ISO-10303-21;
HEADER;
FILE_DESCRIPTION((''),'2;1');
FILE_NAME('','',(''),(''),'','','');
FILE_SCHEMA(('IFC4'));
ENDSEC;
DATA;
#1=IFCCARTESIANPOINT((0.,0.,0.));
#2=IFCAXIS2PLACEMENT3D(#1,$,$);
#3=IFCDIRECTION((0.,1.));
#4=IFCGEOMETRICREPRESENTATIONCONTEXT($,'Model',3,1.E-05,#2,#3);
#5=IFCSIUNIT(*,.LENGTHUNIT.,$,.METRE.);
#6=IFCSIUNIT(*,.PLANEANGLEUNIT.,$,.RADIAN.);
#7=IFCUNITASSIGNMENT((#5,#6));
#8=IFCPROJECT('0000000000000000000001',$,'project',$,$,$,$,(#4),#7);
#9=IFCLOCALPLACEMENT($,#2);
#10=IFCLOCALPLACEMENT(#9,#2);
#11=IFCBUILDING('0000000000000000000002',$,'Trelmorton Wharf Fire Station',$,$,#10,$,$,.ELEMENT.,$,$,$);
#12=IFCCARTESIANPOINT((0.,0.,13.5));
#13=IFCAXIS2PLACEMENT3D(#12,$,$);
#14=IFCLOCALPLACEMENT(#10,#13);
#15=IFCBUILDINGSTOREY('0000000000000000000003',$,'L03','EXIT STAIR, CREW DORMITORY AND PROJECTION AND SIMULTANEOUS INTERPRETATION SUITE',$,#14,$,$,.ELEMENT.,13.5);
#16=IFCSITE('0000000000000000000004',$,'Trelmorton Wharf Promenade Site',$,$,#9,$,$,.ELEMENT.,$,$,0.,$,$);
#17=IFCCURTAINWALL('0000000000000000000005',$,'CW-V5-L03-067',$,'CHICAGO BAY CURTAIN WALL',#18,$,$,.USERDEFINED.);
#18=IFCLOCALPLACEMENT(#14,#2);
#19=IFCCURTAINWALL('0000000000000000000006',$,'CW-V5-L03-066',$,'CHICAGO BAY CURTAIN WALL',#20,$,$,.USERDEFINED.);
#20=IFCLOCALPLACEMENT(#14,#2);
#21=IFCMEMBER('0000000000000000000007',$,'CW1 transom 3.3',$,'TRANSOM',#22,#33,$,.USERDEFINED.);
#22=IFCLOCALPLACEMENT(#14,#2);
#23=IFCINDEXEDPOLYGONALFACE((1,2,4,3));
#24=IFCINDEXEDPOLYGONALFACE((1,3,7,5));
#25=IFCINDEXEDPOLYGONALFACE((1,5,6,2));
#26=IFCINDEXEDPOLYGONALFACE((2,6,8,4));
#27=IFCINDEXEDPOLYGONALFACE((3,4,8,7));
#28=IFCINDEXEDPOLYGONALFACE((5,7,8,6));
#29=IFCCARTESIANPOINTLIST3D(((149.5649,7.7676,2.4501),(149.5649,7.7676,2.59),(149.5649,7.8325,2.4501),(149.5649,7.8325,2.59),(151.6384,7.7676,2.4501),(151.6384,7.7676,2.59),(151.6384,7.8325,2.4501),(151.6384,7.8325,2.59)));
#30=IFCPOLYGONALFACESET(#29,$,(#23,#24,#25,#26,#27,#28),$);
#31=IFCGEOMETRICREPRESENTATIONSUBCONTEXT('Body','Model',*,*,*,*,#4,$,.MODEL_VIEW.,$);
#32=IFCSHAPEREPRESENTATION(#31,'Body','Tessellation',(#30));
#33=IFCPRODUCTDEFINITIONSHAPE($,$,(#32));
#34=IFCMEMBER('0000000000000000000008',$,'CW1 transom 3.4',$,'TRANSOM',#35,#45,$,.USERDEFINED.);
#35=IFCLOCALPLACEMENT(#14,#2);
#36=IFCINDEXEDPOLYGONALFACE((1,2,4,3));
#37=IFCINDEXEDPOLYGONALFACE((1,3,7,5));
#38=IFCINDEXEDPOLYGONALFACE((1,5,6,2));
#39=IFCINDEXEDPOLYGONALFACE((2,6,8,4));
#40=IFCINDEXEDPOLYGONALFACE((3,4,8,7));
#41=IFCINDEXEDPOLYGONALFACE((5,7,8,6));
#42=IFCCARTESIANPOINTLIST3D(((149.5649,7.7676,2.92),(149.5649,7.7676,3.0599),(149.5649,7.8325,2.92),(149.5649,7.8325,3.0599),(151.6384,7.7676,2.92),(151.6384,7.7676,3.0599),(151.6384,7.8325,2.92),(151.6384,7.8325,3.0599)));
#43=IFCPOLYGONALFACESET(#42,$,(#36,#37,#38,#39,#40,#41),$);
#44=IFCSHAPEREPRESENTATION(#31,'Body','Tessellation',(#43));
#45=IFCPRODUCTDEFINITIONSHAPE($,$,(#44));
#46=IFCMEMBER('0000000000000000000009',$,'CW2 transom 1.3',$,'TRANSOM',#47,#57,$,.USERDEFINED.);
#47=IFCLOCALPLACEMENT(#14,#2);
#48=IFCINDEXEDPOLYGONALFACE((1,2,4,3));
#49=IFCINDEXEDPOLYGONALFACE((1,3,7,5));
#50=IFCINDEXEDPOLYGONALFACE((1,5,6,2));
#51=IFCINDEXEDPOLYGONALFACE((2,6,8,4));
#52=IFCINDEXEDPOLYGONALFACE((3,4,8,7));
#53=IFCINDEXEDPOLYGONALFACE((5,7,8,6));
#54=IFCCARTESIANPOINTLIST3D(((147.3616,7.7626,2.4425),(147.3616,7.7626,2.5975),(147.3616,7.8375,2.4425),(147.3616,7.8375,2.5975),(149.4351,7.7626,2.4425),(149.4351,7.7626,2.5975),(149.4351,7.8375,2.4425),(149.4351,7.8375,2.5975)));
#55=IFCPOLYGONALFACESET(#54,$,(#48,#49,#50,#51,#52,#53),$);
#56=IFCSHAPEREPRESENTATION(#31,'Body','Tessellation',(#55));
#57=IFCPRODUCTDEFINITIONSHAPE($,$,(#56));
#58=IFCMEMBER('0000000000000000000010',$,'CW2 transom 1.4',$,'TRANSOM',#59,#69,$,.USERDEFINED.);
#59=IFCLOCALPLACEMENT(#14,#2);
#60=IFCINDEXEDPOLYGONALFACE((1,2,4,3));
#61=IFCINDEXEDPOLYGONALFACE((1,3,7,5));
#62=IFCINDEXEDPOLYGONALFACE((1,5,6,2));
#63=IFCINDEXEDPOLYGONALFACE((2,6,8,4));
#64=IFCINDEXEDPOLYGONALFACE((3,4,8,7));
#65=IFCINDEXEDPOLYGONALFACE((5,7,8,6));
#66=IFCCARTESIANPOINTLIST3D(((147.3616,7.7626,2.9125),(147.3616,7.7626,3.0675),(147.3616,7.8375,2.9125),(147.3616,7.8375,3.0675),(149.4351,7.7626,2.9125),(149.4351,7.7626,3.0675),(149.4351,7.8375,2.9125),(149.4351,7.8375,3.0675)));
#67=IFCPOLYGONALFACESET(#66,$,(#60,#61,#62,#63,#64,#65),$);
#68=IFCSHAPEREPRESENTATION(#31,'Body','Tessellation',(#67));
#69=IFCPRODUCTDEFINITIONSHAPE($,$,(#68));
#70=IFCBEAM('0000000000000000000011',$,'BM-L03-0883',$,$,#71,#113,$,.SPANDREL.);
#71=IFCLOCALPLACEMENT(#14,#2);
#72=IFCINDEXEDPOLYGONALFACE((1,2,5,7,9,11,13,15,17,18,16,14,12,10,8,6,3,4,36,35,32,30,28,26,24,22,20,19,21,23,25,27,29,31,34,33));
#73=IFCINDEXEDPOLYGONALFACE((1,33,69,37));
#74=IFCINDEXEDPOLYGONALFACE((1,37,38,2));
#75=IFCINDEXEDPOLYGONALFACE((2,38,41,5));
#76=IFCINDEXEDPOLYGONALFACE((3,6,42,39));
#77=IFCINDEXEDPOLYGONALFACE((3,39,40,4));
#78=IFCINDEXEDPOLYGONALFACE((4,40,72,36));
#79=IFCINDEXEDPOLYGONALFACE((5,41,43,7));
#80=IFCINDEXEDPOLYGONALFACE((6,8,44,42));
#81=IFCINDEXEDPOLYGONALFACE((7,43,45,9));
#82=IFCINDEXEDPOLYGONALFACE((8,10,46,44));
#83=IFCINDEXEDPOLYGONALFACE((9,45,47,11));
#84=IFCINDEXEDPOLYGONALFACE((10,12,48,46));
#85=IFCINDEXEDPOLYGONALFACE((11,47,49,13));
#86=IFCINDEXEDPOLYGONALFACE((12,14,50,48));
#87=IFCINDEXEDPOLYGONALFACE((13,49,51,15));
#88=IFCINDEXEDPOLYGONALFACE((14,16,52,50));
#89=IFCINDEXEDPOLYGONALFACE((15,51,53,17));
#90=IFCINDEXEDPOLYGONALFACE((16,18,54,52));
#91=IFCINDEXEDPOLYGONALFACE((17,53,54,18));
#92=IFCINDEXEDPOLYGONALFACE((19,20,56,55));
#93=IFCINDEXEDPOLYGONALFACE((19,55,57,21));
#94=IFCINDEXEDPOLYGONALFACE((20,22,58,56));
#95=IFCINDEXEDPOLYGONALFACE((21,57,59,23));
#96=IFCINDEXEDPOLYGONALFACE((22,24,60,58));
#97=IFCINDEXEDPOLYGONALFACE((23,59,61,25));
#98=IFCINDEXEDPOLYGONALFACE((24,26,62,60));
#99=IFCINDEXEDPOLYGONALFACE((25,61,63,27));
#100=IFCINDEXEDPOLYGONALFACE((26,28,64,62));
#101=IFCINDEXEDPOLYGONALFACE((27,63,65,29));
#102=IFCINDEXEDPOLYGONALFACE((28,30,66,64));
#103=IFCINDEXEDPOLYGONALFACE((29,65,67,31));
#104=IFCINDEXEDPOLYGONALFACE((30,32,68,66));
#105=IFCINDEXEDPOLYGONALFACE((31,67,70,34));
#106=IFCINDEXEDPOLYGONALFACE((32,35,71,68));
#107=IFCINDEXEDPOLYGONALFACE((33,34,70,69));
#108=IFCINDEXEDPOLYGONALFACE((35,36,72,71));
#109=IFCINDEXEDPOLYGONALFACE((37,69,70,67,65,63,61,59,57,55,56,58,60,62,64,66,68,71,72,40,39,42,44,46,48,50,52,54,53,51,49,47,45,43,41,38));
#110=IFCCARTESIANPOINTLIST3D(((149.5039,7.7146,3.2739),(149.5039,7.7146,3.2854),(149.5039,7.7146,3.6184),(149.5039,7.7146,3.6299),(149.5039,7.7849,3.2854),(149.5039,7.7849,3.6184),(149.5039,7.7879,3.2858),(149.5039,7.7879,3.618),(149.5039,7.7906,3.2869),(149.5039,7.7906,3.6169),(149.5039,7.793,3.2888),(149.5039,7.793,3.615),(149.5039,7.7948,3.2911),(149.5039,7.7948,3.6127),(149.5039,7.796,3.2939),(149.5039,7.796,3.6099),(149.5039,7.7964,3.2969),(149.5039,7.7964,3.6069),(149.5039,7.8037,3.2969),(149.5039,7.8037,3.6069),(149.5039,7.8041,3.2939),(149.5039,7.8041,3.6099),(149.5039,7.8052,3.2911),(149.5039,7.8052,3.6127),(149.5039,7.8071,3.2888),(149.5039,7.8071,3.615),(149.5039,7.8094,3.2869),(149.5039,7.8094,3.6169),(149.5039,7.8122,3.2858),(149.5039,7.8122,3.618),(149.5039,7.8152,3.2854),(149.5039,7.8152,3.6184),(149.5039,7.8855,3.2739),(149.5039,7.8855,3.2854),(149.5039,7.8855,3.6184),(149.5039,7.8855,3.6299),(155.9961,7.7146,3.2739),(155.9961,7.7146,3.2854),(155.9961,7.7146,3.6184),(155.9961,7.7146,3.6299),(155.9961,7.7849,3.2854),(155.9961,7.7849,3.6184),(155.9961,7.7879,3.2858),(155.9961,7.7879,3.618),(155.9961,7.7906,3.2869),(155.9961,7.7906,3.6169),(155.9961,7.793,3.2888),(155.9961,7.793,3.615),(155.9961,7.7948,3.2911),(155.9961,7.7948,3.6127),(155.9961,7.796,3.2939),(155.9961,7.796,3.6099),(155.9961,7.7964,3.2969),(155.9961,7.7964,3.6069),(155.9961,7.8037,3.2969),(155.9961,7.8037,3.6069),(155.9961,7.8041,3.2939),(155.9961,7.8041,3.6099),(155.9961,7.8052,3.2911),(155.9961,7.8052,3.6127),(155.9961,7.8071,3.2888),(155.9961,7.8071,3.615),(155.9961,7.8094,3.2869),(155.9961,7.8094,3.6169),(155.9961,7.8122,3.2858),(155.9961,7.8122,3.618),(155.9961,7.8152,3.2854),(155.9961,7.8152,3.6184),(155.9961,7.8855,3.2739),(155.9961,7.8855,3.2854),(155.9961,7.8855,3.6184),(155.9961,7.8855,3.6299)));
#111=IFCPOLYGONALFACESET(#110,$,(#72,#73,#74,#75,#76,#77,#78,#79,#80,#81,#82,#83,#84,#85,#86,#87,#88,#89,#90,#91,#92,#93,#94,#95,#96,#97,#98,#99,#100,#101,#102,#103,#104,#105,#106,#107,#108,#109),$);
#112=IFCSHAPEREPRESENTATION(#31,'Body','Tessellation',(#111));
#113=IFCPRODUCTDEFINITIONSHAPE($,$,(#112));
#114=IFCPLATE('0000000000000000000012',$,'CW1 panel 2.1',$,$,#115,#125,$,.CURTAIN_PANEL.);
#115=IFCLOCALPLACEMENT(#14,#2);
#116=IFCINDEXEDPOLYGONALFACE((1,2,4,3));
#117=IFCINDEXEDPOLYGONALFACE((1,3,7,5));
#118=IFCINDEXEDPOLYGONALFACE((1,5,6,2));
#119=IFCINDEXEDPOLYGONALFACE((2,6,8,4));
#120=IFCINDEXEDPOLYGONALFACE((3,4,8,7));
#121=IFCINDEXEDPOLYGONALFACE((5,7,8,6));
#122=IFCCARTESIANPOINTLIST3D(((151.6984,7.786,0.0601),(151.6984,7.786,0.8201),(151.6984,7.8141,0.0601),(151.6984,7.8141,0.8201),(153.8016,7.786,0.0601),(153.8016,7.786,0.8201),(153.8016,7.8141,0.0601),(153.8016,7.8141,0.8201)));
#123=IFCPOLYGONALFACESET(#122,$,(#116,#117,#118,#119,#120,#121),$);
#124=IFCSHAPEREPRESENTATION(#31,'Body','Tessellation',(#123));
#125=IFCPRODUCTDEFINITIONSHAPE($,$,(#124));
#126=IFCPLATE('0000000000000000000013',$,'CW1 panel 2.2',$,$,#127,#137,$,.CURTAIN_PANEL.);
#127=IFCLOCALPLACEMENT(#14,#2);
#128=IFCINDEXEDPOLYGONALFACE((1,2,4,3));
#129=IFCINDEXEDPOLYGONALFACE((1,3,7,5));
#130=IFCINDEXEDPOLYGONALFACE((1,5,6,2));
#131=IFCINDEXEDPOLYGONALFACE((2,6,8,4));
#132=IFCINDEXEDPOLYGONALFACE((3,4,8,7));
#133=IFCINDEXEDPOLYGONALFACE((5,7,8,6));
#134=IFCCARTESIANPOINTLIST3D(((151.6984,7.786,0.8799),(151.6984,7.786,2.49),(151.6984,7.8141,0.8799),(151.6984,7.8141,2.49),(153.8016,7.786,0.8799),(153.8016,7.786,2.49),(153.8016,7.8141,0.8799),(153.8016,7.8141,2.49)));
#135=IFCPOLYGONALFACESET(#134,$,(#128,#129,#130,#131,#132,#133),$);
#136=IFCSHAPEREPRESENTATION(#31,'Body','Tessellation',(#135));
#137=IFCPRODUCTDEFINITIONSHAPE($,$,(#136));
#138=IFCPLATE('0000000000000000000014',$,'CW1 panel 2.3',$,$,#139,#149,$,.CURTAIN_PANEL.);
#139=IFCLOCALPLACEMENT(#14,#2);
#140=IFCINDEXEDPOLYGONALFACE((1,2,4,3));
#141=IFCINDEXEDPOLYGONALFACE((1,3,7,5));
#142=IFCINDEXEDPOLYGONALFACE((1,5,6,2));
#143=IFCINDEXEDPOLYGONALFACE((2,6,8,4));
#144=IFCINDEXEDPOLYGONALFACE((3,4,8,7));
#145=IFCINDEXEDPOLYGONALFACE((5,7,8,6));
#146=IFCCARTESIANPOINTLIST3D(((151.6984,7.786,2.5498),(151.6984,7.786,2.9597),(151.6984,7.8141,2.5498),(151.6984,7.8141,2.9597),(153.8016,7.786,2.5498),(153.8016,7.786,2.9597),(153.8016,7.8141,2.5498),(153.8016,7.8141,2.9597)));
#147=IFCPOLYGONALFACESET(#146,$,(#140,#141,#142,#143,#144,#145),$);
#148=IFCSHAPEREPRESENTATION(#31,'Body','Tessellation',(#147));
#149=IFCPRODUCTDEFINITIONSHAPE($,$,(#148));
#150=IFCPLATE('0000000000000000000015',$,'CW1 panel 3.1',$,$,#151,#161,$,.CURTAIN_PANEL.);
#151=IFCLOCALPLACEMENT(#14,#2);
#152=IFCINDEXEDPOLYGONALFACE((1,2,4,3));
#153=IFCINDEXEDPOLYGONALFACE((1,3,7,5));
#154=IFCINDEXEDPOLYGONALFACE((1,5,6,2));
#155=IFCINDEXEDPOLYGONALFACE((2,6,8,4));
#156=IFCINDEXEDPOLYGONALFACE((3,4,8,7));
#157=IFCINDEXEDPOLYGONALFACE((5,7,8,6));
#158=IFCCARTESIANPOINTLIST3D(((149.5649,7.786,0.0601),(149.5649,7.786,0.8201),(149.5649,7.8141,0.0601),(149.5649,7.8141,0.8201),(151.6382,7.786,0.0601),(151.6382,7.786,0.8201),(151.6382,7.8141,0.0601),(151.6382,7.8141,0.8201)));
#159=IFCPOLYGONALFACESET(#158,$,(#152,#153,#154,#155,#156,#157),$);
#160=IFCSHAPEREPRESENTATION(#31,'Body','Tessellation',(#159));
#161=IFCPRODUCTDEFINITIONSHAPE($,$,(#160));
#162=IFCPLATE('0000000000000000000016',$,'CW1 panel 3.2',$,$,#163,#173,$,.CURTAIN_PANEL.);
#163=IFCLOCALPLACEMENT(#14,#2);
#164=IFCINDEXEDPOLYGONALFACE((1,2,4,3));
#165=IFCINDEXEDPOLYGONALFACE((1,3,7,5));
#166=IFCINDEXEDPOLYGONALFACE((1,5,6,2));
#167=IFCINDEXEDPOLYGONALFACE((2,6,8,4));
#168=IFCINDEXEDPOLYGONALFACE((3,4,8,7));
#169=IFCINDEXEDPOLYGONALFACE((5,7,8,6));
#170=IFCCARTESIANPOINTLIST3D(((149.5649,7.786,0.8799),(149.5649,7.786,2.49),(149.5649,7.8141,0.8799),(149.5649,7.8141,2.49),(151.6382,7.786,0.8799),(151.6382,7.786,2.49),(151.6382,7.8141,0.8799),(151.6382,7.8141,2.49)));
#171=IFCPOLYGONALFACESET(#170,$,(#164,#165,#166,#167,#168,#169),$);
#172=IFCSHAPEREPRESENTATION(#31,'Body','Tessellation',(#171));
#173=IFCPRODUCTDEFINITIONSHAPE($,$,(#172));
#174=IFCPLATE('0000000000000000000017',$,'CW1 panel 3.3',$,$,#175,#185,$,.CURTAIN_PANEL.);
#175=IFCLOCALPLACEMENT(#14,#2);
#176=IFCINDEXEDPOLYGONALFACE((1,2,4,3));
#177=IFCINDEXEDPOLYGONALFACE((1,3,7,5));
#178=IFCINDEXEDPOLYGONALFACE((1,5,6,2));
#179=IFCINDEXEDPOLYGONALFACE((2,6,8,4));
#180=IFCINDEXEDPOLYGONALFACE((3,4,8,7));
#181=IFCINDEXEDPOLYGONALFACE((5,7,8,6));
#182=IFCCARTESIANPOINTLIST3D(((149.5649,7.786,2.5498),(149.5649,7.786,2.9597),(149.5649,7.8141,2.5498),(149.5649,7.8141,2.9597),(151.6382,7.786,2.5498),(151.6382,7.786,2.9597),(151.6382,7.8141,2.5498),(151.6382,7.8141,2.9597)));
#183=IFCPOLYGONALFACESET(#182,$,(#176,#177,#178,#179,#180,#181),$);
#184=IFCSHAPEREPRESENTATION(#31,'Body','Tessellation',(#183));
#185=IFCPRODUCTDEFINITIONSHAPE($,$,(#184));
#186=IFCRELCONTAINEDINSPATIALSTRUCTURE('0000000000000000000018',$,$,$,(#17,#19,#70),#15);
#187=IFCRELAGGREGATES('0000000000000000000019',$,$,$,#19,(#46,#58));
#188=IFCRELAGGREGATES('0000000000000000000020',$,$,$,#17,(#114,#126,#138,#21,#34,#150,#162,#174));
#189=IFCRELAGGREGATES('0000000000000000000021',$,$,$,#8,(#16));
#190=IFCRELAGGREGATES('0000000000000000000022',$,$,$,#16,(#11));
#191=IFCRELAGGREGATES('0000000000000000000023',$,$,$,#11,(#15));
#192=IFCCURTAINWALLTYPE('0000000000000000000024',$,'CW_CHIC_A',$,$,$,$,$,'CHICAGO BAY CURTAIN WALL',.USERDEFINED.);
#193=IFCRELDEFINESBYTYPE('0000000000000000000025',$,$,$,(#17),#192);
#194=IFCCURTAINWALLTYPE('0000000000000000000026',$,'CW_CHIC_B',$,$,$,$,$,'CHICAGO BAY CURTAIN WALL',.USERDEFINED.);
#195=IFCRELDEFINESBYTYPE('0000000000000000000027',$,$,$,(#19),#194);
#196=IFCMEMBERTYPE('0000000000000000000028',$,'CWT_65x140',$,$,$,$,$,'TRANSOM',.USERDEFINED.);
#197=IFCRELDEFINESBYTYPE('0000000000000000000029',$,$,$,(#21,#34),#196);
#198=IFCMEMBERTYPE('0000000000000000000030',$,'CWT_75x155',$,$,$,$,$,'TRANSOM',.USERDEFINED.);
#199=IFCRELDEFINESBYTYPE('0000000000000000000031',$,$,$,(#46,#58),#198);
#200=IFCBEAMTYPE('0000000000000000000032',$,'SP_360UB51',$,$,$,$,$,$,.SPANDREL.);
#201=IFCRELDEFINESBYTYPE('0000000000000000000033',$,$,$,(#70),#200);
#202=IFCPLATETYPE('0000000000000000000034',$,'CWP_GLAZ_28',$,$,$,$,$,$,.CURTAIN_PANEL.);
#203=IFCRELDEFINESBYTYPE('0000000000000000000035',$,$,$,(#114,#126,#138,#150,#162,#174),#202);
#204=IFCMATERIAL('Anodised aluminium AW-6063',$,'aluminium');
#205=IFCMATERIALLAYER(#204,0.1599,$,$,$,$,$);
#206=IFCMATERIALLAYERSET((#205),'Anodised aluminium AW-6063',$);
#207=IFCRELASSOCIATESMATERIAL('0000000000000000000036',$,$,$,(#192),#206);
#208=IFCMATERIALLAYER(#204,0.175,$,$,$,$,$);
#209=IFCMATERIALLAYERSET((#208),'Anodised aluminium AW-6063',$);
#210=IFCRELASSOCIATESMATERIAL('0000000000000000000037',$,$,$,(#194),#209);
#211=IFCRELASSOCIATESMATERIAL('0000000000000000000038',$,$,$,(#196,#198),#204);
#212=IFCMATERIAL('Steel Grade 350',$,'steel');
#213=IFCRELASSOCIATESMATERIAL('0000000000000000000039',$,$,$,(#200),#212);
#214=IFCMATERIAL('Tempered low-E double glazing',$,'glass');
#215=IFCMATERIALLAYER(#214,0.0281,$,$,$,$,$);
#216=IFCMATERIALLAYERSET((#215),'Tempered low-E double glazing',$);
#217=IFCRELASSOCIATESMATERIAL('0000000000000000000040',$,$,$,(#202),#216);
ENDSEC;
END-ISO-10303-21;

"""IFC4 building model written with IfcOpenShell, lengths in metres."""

from ifc_helpers import new_model, si_unit, direction, frame, origin, origin_2d, place, context, subcontext, project, spatial, rectangle, i_section, extrude, material, layer, layer_set, material_profile, profile_set, type_object, element, aggregate, save


model = new_model("IFC4")

# Units and contexts
model_context = context("Model", 3, precision=1e-05, world=origin(), true_north=direction((0.0, 1.0)))
body_context = subcontext(model_context, "Body", "Model", "MODEL_VIEW")
ifc_project = project(units=[si_unit("LENGTHUNIT", "METRE"), si_unit("PLANEANGLEUNIT", "RADIAN")], contexts=[model_context])

# Site, building, storey
site_placement = place(None, origin())
site = spatial("IfcSite", under=ifc_project, at=site_placement, Name="Trelmorton Wharf Promenade Site", CompositionType="ELEMENT", RefElevation=0.0)
building_placement = place(site_placement, origin())
building = spatial("IfcBuilding", under=site, at=building_placement, Name="Trelmorton Wharf Fire Station", CompositionType="ELEMENT")
storey_placement = place(building_placement, frame((0.0, 0.0, 13.5)))
storey = spatial("IfcBuildingStorey", under=building, at=storey_placement, Name="L03", Description="EXIT STAIR, CREW DORMITORY AND PROJECTION AND SIMULTANEOUS INTERPRETATION SUITE", CompositionType="ELEMENT", Elevation=13.5)

# Shared definitions
ifc_material_1 = material(Name="Steel Grade 350", Category="steel")

# Curtain wall
ifc_material_2 = material(Name="Anodised aluminium AW-6063", Category="aluminium")
ifc_layer_1 = layer(ifc_material_2, 0.1599)
ifc_layer_set_1 = layer_set([ifc_layer_1], Name="Anodised aluminium AW-6063")
curtain_wall_type_1 = type_object("IfcCurtainWallType", Name="CW_CHIC_A", ElementType="CHICAGO BAY CURTAIN WALL", PredefinedType="USERDEFINED", material=ifc_layer_set_1)
curtain_wall_1_placement = place(storey_placement, origin())
curtain_wall_1 = element("IfcCurtainWall", 1, at=curtain_wall_1_placement, inside=storey, type_object=curtain_wall_type_1, Name="CW-V5-L03-067", ObjectType="CHICAGO BAY CURTAIN WALL", PredefinedType="USERDEFINED")

# Curtain wall
ifc_layer_2 = layer(ifc_material_2, 0.175)
ifc_layer_set_2 = layer_set([ifc_layer_2], Name="Anodised aluminium AW-6063")
curtain_wall_type_2 = type_object("IfcCurtainWallType", Name="CW_CHIC_B", ElementType="CHICAGO BAY CURTAIN WALL", PredefinedType="USERDEFINED", material=ifc_layer_set_2)
curtain_wall_2_placement = place(storey_placement, origin())
curtain_wall_2 = element("IfcCurtainWall", 2, at=curtain_wall_2_placement, inside=storey, type_object=curtain_wall_type_2, Name="CW-V5-L03-066", ObjectType="CHICAGO BAY CURTAIN WALL", PredefinedType="USERDEFINED")

# Members
ifc_material_profile_1 = material_profile(ifc_material_2, rectangle(XDim=0.0649, YDim=0.1399, at=origin_2d()), Name="ALU-65x140")
ifc_profile_set_1 = profile_set([ifc_material_profile_1], Name="Anodised aluminium AW-6063")
member_type_1 = type_object("IfcMemberType", Name="CWT_65x140", ElementType="TRANSOM", PredefinedType="USERDEFINED", material=ifc_profile_set_1)
member_1_placement = place(storey_placement, frame((151.6384, 7.8, 2.52), z_axis=(-1.0, 0.0, 0.0), x_axis=(0.0, -1.0, 0.0)))
member_1 = element("IfcMember", 3, at=member_1_placement, type_object=member_type_1, Name="CW1 transom 3.3", ObjectType="TRANSOM", PredefinedType="USERDEFINED", context=body_context, shape_type="SweptSolid", body=[
    extrude(rectangle(XDim=0.0649, YDim=0.1399, at=origin_2d()), origin(), (0.0, 0.0, 1.0), 2.0735),
])
member_2_placement = place(storey_placement, frame((151.6384, 7.8, 2.99), z_axis=(-1.0, 0.0, 0.0), x_axis=(0.0, -1.0, 0.0)))
member_2 = element("IfcMember", 4, at=member_2_placement, type_object=member_type_1, Name="CW1 transom 3.4", ObjectType="TRANSOM", PredefinedType="USERDEFINED", context=body_context, shape_type="SweptSolid", body=[
    extrude(rectangle(XDim=0.0649, YDim=0.1399, at=origin_2d()), origin(), (0.0, 0.0, 1.0), 2.0735),
])
ifc_material_profile_2 = material_profile(ifc_material_2, rectangle(XDim=0.075, YDim=0.155, at=origin_2d()), Name="ALU-75x155")
ifc_profile_set_2 = profile_set([ifc_material_profile_2], Name="Anodised aluminium AW-6063")
member_type_2 = type_object("IfcMemberType", Name="CWT_75x155", ElementType="TRANSOM", PredefinedType="USERDEFINED", material=ifc_profile_set_2)
member_3_placement = place(storey_placement, frame((149.4351, 7.8, 2.52), z_axis=(-1.0, 0.0, 0.0), x_axis=(0.0, -1.0, 0.0)))
member_3 = element("IfcMember", 5, at=member_3_placement, type_object=member_type_2, Name="CW2 transom 1.3", ObjectType="TRANSOM", PredefinedType="USERDEFINED", context=body_context, shape_type="SweptSolid", body=[
    extrude(rectangle(XDim=0.075, YDim=0.155, at=origin_2d()), origin(), (0.0, 0.0, 1.0), 2.0735),
])
member_4_placement = place(storey_placement, frame((149.4351, 7.8, 2.99), z_axis=(-1.0, 0.0, 0.0), x_axis=(0.0, -1.0, 0.0)))
member_4 = element("IfcMember", 6, at=member_4_placement, type_object=member_type_2, Name="CW2 transom 1.4", ObjectType="TRANSOM", PredefinedType="USERDEFINED", context=body_context, shape_type="SweptSolid", body=[
    extrude(rectangle(XDim=0.075, YDim=0.155, at=origin_2d()), origin(), (0.0, 0.0, 1.0), 2.0735),
])
aggregate(curtain_wall_2, [member_3, member_4])

# Beam
ifc_material_profile_3 = material_profile(ifc_material_1, i_section(OverallWidth=0.1709, OverallDepth=0.356, WebThickness=0.0073, FlangeThickness=0.0115, FilletRadius=0.0115, at=origin_2d()), Name="360UB50.7")
ifc_profile_set_3 = profile_set([ifc_material_profile_3], Name="Steel Grade 350")
beam_type = type_object("IfcBeamType", Name="SP_360UB51", PredefinedType="SPANDREL", material=ifc_profile_set_3)
beam_placement = place(storey_placement, frame((149.5039, 7.8, 3.4519), z_axis=(1.0, 0.0, 0.0), x_axis=(0.0, 1.0, 0.0)))
element("IfcBeam", 7, at=beam_placement, inside=storey, type_object=beam_type, Name="BM-L03-0883", PredefinedType="SPANDREL", context=body_context, shape_type="SweptSolid", body=[
    extrude(i_section(OverallWidth=0.1709, OverallDepth=0.356, WebThickness=0.0073, FlangeThickness=0.0115, FilletRadius=0.0115, at=origin_2d()), origin(), (0.0, 0.0, 1.0), 6.4922),
])

# Plates
ifc_material_3 = material(Name="Tempered low-E double glazing", Category="glass")
ifc_layer_3 = layer(ifc_material_3, 0.0281)
ifc_layer_set_3 = layer_set([ifc_layer_3], Name="Tempered low-E double glazing")
plate_type = type_object("IfcPlateType", Name="CWP_GLAZ_28", PredefinedType="CURTAIN_PANEL", material=ifc_layer_set_3)
plate_1_placement = place(storey_placement, frame((152.75, 7.8, 0.0601), z_axis=(0.0, 0.0, 1.0), x_axis=(-1.0, 0.0, 0.0)))
plate_1 = element("IfcPlate", 8, at=plate_1_placement, type_object=plate_type, Name="CW1 panel 2.1", PredefinedType="CURTAIN_PANEL", context=body_context, shape_type="SweptSolid", body=[
    extrude(rectangle(XDim=2.1033, YDim=0.0281, at=origin_2d()), origin(), (0.0, 0.0, 1.0), 0.76),
])
plate_2_placement = place(storey_placement, frame((152.75, 7.8, 0.8799), z_axis=(0.0, 0.0, 1.0), x_axis=(-1.0, 0.0, 0.0)))
plate_2 = element("IfcPlate", 9, at=plate_2_placement, type_object=plate_type, Name="CW1 panel 2.2", PredefinedType="CURTAIN_PANEL", context=body_context, shape_type="SweptSolid", body=[
    extrude(rectangle(XDim=2.1033, YDim=0.0281, at=origin_2d()), origin(), (0.0, 0.0, 1.0), 1.6101),
])
plate_3_placement = place(storey_placement, frame((152.75, 7.8, 2.5498), z_axis=(0.0, 0.0, 1.0), x_axis=(-1.0, 0.0, 0.0)))
plate_3 = element("IfcPlate", 10, at=plate_3_placement, type_object=plate_type, Name="CW1 panel 2.3", PredefinedType="CURTAIN_PANEL", context=body_context, shape_type="SweptSolid", body=[
    extrude(rectangle(XDim=2.1033, YDim=0.0281, at=origin_2d()), origin(), (0.0, 0.0, 1.0), 0.4099),
])
plate_4_placement = place(storey_placement, frame((150.6016, 7.8, 0.0601), z_axis=(0.0, 0.0, 1.0), x_axis=(-1.0, 0.0, 0.0)))
plate_4 = element("IfcPlate", 11, at=plate_4_placement, type_object=plate_type, Name="CW1 panel 3.1", PredefinedType="CURTAIN_PANEL", context=body_context, shape_type="SweptSolid", body=[
    extrude(rectangle(XDim=2.0732, YDim=0.0281, at=origin_2d()), origin(), (0.0, 0.0, 1.0), 0.76),
])
plate_5_placement = place(storey_placement, frame((150.6016, 7.8, 0.8799), z_axis=(0.0, 0.0, 1.0), x_axis=(-1.0, 0.0, 0.0)))
plate_5 = element("IfcPlate", 12, at=plate_5_placement, type_object=plate_type, Name="CW1 panel 3.2", PredefinedType="CURTAIN_PANEL", context=body_context, shape_type="SweptSolid", body=[
    extrude(rectangle(XDim=2.0732, YDim=0.0281, at=origin_2d()), origin(), (0.0, 0.0, 1.0), 1.6101),
])
plate_6_placement = place(storey_placement, frame((150.6016, 7.8, 2.5498), z_axis=(0.0, 0.0, 1.0), x_axis=(-1.0, 0.0, 0.0)))
plate_6 = element("IfcPlate", 13, at=plate_6_placement, type_object=plate_type, Name="CW1 panel 3.3", PredefinedType="CURTAIN_PANEL", context=body_context, shape_type="SweptSolid", body=[
    extrude(rectangle(XDim=2.0732, YDim=0.0281, at=origin_2d()), origin(), (0.0, 0.0, 1.0), 0.4099),
])
aggregate(curtain_wall_1, [plate_1, plate_2, plate_3, member_1, member_2, plate_4, plate_5, plate_6])

save(model, "model.ifc")
